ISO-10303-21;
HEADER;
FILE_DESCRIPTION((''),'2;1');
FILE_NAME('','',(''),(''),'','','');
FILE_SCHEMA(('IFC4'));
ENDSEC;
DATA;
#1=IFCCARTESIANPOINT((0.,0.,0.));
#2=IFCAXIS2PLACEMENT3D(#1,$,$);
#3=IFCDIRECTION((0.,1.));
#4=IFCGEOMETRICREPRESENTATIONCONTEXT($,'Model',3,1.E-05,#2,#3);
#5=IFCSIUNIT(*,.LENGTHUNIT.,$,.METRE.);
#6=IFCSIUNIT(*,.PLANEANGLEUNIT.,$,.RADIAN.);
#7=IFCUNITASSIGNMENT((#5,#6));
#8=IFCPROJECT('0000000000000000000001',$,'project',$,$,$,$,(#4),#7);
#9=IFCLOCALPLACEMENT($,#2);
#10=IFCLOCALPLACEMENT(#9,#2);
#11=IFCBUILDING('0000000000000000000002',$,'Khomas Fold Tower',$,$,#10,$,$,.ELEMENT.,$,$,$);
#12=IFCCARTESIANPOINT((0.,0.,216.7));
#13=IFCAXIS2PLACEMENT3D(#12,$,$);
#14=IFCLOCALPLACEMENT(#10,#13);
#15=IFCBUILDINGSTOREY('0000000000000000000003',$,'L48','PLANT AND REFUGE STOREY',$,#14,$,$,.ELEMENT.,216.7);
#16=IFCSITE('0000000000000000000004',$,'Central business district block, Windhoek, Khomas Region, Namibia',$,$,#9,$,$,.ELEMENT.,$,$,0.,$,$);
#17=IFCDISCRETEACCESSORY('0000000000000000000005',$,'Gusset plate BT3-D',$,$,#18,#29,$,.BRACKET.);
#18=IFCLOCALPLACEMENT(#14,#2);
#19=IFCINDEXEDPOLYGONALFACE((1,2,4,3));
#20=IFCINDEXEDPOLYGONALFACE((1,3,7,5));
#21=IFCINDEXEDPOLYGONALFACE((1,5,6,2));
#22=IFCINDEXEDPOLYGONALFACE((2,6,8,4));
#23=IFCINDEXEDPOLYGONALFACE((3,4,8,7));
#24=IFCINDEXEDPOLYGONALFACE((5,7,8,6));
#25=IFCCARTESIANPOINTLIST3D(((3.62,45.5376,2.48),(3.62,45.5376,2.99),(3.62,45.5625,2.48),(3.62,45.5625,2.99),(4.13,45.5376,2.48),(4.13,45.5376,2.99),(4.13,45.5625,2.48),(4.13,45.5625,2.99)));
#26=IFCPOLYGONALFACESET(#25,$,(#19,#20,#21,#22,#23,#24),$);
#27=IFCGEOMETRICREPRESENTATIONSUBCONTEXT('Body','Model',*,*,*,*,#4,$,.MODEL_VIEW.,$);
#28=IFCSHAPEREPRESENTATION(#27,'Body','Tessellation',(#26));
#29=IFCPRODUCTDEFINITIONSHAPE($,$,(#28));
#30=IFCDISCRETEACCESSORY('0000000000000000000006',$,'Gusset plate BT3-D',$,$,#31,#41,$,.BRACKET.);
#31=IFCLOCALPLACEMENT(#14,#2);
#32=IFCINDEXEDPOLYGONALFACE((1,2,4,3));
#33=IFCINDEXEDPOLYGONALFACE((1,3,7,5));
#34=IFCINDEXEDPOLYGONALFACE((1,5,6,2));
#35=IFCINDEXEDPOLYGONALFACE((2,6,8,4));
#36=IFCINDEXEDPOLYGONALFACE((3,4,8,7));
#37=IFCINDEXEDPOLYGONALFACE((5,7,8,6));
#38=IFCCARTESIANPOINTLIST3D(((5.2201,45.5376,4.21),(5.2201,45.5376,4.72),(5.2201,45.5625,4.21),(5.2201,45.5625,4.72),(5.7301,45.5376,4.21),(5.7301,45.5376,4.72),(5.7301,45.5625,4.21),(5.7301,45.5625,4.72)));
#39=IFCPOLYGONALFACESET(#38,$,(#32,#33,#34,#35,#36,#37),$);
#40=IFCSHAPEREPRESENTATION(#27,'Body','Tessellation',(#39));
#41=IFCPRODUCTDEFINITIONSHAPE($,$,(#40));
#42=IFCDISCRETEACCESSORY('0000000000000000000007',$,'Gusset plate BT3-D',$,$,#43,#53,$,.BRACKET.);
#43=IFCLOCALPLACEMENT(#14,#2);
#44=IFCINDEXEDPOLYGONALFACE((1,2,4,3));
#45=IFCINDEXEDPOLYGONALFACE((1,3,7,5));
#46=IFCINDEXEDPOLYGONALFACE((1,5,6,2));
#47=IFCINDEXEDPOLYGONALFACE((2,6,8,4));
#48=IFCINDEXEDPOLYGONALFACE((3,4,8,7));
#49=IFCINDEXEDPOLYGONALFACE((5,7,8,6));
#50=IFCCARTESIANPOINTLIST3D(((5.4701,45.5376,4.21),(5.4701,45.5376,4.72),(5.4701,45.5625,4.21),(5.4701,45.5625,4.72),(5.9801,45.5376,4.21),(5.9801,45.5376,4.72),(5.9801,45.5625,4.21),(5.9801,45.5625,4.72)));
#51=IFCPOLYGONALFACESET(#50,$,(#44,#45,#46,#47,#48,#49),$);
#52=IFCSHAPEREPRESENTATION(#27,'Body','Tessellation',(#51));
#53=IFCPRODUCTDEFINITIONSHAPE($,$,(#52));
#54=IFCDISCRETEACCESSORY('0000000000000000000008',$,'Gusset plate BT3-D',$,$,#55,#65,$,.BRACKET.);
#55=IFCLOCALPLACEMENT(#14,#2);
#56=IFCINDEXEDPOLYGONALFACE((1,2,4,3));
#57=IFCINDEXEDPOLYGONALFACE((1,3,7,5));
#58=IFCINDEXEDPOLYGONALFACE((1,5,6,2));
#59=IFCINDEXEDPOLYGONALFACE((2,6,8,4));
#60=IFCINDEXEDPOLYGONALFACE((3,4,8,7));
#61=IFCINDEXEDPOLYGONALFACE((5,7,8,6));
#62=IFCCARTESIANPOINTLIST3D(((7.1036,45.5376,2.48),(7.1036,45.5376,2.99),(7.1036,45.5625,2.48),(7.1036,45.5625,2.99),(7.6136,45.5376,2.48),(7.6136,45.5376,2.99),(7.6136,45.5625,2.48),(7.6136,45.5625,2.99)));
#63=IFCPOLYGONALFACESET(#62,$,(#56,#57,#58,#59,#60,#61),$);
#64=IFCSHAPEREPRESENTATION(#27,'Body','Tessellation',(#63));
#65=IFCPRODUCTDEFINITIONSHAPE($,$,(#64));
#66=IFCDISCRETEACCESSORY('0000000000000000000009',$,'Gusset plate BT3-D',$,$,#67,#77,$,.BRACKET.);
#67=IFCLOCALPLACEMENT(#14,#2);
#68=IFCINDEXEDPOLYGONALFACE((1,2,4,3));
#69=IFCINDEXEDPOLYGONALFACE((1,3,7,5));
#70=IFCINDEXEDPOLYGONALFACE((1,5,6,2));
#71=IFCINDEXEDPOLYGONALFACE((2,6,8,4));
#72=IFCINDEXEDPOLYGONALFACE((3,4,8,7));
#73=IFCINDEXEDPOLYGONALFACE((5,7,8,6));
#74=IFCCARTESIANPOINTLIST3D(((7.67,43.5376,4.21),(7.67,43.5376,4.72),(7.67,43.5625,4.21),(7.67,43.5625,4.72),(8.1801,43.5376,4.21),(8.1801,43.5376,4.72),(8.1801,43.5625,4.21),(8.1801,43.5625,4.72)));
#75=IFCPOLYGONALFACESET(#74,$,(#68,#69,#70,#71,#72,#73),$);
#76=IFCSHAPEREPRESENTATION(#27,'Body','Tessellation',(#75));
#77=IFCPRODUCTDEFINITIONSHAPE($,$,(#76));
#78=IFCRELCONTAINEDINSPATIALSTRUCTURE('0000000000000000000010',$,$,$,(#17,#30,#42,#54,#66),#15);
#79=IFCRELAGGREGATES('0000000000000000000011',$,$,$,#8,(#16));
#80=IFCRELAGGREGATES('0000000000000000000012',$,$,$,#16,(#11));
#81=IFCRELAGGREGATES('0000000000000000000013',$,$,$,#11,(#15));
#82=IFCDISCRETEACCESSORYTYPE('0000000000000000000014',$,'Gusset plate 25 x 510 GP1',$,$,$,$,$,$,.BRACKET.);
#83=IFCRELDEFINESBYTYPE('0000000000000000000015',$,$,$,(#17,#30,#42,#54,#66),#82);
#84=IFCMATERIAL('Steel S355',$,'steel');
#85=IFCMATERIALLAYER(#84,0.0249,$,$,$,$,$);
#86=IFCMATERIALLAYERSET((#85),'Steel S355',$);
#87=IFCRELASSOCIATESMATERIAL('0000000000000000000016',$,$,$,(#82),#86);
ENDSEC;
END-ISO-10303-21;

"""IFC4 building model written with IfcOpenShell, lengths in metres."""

from ifc_helpers import new_model, si_unit, direction, frame, origin, origin_2d, place, context, subcontext, project, spatial, rectangle, extrude, source, transform, mapped, material, layer, layer_set, type_object, element, save


model = new_model("IFC4")

# Units and contexts
model_context = context("Model", 3, precision=1e-05, world=origin(), true_north=direction((0.0, 1.0)))
body_context = subcontext(model_context, "Body", "Model", "MODEL_VIEW")
ifc_project = project(units=[si_unit("LENGTHUNIT", "METRE"), si_unit("PLANEANGLEUNIT", "RADIAN")], contexts=[model_context])

# Site, building, storey
site_placement = place(None, origin())
site = spatial("IfcSite", under=ifc_project, at=site_placement, Name="Central business district block, Windhoek, Khomas Region, Namibia", CompositionType="ELEMENT", RefElevation=0.0)
building_placement = place(site_placement, origin())
building = spatial("IfcBuilding", under=site, at=building_placement, Name="Khomas Fold Tower", CompositionType="ELEMENT")
storey_placement = place(building_placement, frame((0.0, 0.0, 216.7)))
storey = spatial("IfcBuildingStorey", under=building, at=storey_placement, Name="L48", Description="PLANT AND REFUGE STOREY", CompositionType="ELEMENT", Elevation=216.7)

# Discrete accessories
ifc_material_1 = material(Name="Steel S355", Category="steel")
ifc_layer_1 = layer(ifc_material_1, 0.0249)
ifc_layer_set_1 = layer_set([ifc_layer_1], Name="Steel S355")
discrete_accessory_type = type_object("IfcDiscreteAccessoryType", Name="Gusset plate 25 x 510 GP1", PredefinedType="BRACKET", material=ifc_layer_set_1)
shared_shape_1 = source(origin(), body_context, "Body", "SweptSolid", [
    extrude(rectangle(XDim=0.51, YDim=0.0249, at=origin_2d()), origin(), (0.0, 0.0, 1.0), 0.51),
])
for number, where, z_axis, x_axis, name in (
    (1, (3.875, 45.55, 2.48), (0.0, 0.0, 1.0), (1.0, 0.0, 0.0), "Gusset plate BT3-D"),
    (2, (5.4751, 45.55, 4.21), (0.0, 0.0, 1.0), (1.0, 0.0, 0.0), "Gusset plate BT3-D"),
    (3, (5.7251, 45.55, 4.21), (0.0, 0.0, 1.0), (1.0, 0.0, 0.0), "Gusset plate BT3-D"),
    (4, (7.3586, 45.55, 2.48), (0.0, 0.0, 1.0), (1.0, 0.0, 0.0), "Gusset plate BT3-D"),
    (5, (7.925, 43.55, 4.21), (0.0, 0.0, 1.0), (1.0, 0.0, 0.0), "Gusset plate BT3-D"),
):
    element("IfcDiscreteAccessory", number, at=place(storey_placement, frame(where, z_axis=z_axis, x_axis=x_axis)), inside=storey, type_object=discrete_accessory_type, Name=name, PredefinedType="BRACKET", context=body_context, shape_type="MappedRepresentation", body=[
        mapped(shared_shape_1, transform((0.0, 0.0, 0.0))),
    ])

save(model, "model.ifc")
